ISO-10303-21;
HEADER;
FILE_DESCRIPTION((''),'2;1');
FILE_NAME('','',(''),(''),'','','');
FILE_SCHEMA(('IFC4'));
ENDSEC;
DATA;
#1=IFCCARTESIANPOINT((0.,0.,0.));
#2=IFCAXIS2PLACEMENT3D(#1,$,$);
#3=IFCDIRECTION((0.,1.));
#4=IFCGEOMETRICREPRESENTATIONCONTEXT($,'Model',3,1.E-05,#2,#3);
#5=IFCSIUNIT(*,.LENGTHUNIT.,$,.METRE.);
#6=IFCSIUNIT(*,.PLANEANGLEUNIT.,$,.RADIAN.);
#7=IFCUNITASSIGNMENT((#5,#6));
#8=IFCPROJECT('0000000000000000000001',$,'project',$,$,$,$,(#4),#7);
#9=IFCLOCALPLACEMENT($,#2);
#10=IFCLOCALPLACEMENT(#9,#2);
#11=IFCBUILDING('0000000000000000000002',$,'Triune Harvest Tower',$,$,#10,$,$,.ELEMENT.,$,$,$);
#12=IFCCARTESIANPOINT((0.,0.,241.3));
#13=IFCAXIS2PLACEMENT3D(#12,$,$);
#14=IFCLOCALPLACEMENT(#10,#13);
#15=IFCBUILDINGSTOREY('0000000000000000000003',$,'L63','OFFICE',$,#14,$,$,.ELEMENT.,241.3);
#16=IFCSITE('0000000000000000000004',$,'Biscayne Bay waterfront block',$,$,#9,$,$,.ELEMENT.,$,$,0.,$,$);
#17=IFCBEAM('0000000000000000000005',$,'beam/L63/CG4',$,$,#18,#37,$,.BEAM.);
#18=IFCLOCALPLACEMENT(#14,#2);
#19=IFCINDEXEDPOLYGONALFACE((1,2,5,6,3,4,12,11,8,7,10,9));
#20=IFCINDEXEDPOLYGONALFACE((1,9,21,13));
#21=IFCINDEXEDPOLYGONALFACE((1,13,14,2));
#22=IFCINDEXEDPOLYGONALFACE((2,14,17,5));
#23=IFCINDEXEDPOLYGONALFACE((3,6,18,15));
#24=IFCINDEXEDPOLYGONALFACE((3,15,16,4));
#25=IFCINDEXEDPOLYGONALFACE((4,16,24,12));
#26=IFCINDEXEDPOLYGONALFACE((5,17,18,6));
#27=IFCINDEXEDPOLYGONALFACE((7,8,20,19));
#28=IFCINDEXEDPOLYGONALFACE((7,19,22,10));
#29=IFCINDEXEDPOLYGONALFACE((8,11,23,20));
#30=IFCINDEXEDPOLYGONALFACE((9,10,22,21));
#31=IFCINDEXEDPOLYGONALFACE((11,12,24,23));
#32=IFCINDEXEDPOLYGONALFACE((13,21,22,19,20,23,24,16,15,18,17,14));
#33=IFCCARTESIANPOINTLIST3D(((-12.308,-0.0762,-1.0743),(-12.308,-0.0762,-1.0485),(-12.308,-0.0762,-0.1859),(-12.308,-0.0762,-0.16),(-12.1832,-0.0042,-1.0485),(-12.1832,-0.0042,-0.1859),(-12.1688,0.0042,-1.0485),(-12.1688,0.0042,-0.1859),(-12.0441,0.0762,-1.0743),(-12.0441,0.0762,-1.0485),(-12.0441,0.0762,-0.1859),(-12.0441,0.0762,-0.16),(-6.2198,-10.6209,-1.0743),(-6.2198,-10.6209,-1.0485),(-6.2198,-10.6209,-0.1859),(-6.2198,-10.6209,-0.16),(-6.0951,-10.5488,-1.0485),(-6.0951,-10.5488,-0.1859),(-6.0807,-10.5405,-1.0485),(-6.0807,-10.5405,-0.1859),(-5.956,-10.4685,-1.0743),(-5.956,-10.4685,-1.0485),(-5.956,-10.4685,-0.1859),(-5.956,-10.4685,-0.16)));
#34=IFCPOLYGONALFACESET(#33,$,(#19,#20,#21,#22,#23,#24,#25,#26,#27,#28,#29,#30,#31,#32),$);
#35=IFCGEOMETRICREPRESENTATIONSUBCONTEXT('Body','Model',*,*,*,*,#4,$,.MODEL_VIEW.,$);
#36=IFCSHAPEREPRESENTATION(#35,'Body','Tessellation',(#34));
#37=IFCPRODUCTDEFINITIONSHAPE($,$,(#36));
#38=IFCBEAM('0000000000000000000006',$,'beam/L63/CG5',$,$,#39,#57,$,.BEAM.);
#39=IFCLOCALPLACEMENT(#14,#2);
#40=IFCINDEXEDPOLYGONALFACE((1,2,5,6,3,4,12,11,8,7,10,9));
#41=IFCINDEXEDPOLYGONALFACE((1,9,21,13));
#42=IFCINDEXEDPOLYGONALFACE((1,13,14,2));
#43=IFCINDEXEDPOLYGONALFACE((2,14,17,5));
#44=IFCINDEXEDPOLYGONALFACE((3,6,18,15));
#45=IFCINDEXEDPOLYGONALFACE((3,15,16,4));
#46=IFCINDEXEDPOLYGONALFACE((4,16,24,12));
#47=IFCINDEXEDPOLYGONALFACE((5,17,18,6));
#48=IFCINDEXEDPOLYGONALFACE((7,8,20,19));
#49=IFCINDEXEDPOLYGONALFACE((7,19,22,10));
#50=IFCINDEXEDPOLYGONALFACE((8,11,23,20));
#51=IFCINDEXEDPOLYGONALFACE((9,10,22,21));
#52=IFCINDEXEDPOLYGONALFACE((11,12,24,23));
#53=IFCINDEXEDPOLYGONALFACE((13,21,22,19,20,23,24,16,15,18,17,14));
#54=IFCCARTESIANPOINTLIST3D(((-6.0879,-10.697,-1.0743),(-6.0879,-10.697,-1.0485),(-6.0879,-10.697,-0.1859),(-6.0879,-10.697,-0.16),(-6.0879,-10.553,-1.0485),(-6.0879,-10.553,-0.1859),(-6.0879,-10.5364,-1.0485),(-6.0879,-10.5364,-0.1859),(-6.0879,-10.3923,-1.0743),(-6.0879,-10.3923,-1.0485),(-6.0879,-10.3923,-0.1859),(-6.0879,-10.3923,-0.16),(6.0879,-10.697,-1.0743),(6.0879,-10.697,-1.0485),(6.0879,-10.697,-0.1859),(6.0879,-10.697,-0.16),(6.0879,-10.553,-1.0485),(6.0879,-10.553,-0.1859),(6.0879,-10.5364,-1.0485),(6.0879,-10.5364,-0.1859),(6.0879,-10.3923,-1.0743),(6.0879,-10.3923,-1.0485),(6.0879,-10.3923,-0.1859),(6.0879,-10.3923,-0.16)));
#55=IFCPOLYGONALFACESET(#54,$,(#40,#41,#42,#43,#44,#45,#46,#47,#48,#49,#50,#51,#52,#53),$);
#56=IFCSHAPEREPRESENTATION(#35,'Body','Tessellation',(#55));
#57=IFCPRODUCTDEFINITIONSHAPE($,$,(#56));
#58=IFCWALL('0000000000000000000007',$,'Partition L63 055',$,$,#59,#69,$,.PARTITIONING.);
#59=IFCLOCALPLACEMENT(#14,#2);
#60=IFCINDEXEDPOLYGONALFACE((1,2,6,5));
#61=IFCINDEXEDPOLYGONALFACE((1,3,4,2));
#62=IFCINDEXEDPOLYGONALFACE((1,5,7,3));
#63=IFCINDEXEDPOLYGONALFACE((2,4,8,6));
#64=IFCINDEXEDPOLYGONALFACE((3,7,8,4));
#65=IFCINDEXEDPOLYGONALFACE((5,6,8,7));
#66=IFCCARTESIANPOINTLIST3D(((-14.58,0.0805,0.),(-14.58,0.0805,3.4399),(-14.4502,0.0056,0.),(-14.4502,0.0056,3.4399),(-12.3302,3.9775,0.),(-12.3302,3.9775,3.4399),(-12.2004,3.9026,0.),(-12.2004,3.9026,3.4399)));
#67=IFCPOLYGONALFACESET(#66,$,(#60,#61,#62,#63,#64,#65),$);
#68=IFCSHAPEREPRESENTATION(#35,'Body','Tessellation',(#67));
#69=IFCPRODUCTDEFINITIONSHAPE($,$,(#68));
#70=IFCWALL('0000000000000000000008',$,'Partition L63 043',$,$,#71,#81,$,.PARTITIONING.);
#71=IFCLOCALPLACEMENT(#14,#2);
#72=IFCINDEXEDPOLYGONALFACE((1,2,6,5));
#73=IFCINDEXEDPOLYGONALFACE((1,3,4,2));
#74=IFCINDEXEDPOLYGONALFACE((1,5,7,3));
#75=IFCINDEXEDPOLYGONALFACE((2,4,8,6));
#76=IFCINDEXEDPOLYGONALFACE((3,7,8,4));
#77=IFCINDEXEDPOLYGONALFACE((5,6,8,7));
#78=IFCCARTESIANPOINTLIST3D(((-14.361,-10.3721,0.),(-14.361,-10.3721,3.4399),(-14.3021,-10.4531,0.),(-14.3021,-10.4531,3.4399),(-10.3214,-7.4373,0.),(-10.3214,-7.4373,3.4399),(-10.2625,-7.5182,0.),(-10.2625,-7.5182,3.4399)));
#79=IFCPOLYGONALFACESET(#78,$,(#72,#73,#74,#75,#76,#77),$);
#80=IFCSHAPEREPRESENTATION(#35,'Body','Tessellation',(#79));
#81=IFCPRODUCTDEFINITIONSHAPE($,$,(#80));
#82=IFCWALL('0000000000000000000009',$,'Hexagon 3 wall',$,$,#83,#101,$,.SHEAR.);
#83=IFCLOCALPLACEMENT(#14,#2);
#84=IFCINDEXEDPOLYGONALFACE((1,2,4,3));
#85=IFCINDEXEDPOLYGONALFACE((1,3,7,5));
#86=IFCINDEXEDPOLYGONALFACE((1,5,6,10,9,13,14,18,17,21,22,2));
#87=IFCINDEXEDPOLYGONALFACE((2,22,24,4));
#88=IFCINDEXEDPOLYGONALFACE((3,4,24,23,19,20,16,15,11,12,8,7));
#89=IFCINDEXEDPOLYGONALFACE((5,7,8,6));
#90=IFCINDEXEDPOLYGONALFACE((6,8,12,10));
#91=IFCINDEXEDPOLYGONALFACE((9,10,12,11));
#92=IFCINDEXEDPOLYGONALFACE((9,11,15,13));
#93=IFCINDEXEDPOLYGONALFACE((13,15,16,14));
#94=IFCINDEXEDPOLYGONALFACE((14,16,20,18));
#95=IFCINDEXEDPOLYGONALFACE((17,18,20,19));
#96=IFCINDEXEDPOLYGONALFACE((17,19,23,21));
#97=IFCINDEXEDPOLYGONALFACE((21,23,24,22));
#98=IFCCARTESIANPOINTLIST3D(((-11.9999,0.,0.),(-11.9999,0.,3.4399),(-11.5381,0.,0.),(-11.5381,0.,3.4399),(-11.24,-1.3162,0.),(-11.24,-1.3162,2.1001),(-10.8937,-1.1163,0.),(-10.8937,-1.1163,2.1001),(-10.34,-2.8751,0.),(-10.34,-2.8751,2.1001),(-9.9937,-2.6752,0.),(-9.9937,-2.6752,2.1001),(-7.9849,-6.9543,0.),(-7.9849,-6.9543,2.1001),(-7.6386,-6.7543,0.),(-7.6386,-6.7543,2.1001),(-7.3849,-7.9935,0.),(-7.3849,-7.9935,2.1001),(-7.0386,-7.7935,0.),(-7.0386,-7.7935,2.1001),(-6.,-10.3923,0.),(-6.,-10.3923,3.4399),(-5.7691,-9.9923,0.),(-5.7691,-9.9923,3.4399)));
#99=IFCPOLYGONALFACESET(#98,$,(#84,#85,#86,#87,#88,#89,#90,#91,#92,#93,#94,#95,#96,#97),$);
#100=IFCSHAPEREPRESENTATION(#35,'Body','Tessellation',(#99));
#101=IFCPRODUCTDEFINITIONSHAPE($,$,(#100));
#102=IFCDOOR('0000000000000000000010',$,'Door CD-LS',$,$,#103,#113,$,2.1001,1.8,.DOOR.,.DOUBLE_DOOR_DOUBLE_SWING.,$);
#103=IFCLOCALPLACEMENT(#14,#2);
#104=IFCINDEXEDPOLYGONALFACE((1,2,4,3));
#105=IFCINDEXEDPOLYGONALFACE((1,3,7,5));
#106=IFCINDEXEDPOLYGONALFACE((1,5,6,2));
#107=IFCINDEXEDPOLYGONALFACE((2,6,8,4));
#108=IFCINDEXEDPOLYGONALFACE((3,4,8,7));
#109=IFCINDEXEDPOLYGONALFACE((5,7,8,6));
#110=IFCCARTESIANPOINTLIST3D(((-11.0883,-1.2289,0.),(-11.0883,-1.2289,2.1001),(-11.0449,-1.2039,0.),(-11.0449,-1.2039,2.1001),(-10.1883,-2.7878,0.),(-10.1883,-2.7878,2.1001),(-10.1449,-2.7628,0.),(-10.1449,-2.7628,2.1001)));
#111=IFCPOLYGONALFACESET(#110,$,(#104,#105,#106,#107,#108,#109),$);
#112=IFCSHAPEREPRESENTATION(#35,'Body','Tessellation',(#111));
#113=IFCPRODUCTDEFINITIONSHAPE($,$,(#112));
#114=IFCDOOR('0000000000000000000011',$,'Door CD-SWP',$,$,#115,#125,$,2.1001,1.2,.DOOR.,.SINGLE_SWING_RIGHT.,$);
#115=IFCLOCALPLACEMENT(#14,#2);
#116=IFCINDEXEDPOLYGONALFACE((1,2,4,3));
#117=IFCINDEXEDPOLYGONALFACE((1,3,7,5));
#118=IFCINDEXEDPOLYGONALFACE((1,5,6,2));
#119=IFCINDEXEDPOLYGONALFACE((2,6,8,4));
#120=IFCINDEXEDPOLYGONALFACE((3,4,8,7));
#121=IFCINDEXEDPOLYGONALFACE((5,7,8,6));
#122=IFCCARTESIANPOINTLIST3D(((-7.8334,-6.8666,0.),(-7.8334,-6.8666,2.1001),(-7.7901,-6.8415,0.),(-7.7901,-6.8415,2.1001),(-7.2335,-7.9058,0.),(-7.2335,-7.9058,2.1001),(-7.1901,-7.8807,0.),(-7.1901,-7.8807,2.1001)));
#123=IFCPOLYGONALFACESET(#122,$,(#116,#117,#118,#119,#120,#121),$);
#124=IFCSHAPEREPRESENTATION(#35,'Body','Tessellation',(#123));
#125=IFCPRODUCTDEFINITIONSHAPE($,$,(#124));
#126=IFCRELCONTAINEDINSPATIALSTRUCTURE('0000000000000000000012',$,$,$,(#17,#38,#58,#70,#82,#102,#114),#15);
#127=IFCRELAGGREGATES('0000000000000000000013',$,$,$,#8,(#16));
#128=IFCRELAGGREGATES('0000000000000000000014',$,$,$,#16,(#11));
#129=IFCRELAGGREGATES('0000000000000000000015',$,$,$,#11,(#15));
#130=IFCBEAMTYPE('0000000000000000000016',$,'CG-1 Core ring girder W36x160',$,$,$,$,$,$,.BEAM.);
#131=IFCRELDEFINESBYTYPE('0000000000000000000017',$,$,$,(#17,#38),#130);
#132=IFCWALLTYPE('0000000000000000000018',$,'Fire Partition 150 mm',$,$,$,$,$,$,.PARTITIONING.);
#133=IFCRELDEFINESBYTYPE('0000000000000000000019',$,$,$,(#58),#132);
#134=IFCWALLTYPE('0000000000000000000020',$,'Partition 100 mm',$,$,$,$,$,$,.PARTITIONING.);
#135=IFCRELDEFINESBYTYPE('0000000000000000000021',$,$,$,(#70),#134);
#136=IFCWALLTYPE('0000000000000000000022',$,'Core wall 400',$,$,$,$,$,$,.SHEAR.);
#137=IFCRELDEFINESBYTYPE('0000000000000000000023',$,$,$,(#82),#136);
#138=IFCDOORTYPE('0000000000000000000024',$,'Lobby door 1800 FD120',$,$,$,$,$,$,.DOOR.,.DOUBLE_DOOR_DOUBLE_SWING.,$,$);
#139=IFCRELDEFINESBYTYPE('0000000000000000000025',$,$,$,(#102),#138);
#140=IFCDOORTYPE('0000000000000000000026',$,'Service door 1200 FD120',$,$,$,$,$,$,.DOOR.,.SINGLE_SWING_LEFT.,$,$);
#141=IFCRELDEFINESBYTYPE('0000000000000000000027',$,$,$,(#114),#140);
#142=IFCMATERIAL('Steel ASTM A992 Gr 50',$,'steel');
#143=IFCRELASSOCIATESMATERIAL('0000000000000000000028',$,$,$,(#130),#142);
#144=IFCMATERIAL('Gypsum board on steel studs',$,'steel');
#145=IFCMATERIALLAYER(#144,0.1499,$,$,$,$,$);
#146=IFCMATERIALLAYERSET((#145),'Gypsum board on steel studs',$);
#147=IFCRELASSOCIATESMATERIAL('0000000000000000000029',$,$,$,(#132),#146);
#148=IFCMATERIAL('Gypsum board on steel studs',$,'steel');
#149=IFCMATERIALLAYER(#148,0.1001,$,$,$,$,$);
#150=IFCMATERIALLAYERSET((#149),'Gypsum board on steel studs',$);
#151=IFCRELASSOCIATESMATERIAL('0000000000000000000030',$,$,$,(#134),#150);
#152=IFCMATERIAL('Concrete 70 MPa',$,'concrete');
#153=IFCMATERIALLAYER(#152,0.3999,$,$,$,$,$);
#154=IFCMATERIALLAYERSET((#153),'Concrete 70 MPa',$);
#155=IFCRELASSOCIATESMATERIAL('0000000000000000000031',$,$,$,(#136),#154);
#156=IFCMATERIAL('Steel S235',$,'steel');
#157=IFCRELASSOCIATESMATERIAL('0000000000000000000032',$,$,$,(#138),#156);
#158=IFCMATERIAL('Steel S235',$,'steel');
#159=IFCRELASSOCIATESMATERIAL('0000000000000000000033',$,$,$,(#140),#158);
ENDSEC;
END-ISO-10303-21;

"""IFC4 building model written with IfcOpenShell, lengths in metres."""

from ifc_helpers import new_model, si_unit, direction, frame, frame_2d, origin, origin_2d, place, context, subcontext, project, spatial, polyline, rectangle, i_section, outline, extrude, source, transform, mapped, material, layer, layer_set, material_profile, profile_set, type_object, element, fill, save


model = new_model("IFC4")

# Units and contexts
model_context = context("Model", 3, precision=1e-05, world=origin(), true_north=direction((0.0, 1.0)))
body_context = subcontext(model_context, "Body", "Model", "MODEL_VIEW")
ifc_project = project(units=[si_unit("LENGTHUNIT", "METRE"), si_unit("PLANEANGLEUNIT", "RADIAN")], contexts=[model_context])

# Site, building, storey
site_placement = place(None, origin())
site = spatial("IfcSite", under=ifc_project, at=site_placement, Name="Biscayne Bay waterfront block", CompositionType="ELEMENT", RefElevation=0.0)
building_placement = place(site_placement, origin())
building = spatial("IfcBuilding", under=site, at=building_placement, Name="Triune Harvest Tower", CompositionType="ELEMENT")
storey_placement = place(building_placement, frame((0.0, 0.0, 241.3)))
storey = spatial("IfcBuildingStorey", under=building, at=storey_placement, Name="L63", Description="OFFICE", CompositionType="ELEMENT", Elevation=241.3)

# Beams
ifc_material_1 = material(Name="Steel ASTM A992 Gr 50", Category="steel")
ifc_material_profile = material_profile(ifc_material_1, i_section(OverallWidth=0.3047, OverallDepth=0.9143, WebThickness=0.0166, FlangeThickness=0.0259, at=origin_2d()), Name="W36x160")
ifc_profile_set = profile_set([ifc_material_profile], Name="Steel ASTM A992 Gr 50")
beam_type = type_object("IfcBeamType", Name="CG-1 Core ring girder W36x160", PredefinedType="BEAM", material=ifc_profile_set)
shared_shape_1 = source(origin(), body_context, "Body", "SweptSolid", [
    extrude(i_section(OverallWidth=0.3047, OverallDepth=0.9143, WebThickness=0.0166, FlangeThickness=0.0259, at=origin_2d()), origin(), (0.0, 0.0, 1.0), 12.176),
])
beam_1_placement = place(storey_placement, frame((-12.176, 0.0, -0.6172), z_axis=(0.50001, -0.86602, 0.0), x_axis=(0.86602, 0.50001, 0.0)))
element("IfcBeam", 1, at=beam_1_placement, inside=storey, type_object=beam_type, Name="beam/L63/CG4", PredefinedType="BEAM", context=body_context, shape_type="MappedRepresentation", body=[
    mapped(shared_shape_1, transform((0.0, 0.0, 0.0), scale=1.0)),
])
shared_shape_2 = source(origin(), body_context, "Body", "SweptSolid", [
    extrude(i_section(OverallWidth=0.3047, OverallDepth=0.9143, WebThickness=0.0166, FlangeThickness=0.0259, at=origin_2d()), origin(), (0.0, 0.0, 1.0), 12.1758),
])
beam_2_placement = place(storey_placement, frame((-6.0879, -10.5447, -0.6172), z_axis=(1.0, 0.0, 0.0), x_axis=(0.0, 1.0, 0.0)))
element("IfcBeam", 2, at=beam_2_placement, inside=storey, type_object=beam_type, Name="beam/L63/CG5", PredefinedType="BEAM", context=body_context, shape_type="MappedRepresentation", body=[
    mapped(shared_shape_2, transform((0.0, 0.0, 0.0), scale=1.0)),
])

# Walls
ifc_material_2 = material(Name="Gypsum board on steel studs", Category="steel")
ifc_layer_1 = layer(ifc_material_2, 0.1499)
ifc_layer_set_1 = layer_set([ifc_layer_1], Name="Gypsum board on steel studs")
wall_type_1 = type_object("IfcWallType", Name="Fire Partition 150 mm", PredefinedType="PARTITIONING", material=ifc_layer_set_1)
wall_1_placement = place(storey_placement, frame((-14.5151, 0.043, 0.0), z_axis=(0.0, 0.0, 1.0), x_axis=(0.499973, 0.866041, 0.0)))
element("IfcWall", 3, at=wall_1_placement, inside=storey, type_object=wall_type_1, Name="Partition L63 055", PredefinedType="PARTITIONING", context=body_context, shape_type="SweptSolid", body=[
    extrude(rectangle(XDim=4.4998, YDim=0.1499, at=frame_2d((2.25, 0.0))), origin(), (0.0, 0.0, 1.0), 3.4399),
])
ifc_material_3 = material(Name="Gypsum board on steel studs", Category="steel")
ifc_layer_2 = layer(ifc_material_3, 0.1001)
ifc_layer_set_2 = layer_set([ifc_layer_2], Name="Gypsum board on steel studs")
wall_type_2 = type_object("IfcWallType", Name="Partition 100 mm", PredefinedType="PARTITIONING", material=ifc_layer_set_2)
wall_2_placement = place(storey_placement, frame((-14.3315, -10.4126, 0.0), z_axis=(0.0, 0.0, 1.0), x_axis=(0.809026, 0.587773, 0.0)))
element("IfcWall", 4, at=wall_2_placement, inside=storey, type_object=wall_type_2, Name="Partition L63 043", PredefinedType="PARTITIONING", context=body_context, shape_type="SweptSolid", body=[
    extrude(rectangle(XDim=4.9932, YDim=0.1001, at=frame_2d((2.4966, 0.0))), origin(), (0.0, 0.0, 1.0), 3.4399),
])

# Wall, openings, doors
ifc_material_4 = material(Name="Concrete 70 MPa", Category="concrete")
ifc_layer_3 = layer(ifc_material_4, 0.3999)
ifc_layer_set_3 = layer_set([ifc_layer_3], Name="Concrete 70 MPa")
wall_type_3 = type_object("IfcWallType", Name="Core wall 400", PredefinedType="SHEAR", material=ifc_layer_set_3)
shared_shape_3 = source(origin(), body_context, "Body", "SweptSolid", [
    extrude(outline(polyline([(-0.1155, -0.2), (11.8845, -0.2), (11.6536, 0.2), (0.1155, 0.2), (-0.1155, -0.2)])), origin(), (0.0, 0.0, 1.0), 3.4399),
])
wall_3_placement = place(storey_placement, frame((-11.769, 0.0, 0.0), z_axis=(0.0, 0.0, 1.0), x_axis=(0.499997, -0.866027, 0.0)))
wall_3 = element("IfcWall", 5, at=wall_3_placement, inside=storey, type_object=wall_type_3, Name="Hexagon 3 wall", PredefinedType="SHEAR", context=body_context, shape_type="MappedRepresentation", body=[
    mapped(shared_shape_3, transform((0.0, 0.0, 0.0), scale=1.0)),
])
opening_1_placement = place(wall_3_placement, frame((1.4045, 0.0, 0.0)))
opening_1 = element("IfcOpeningElement", 6, at=opening_1_placement, cuts=wall_3, PredefinedType="OPENING", context=body_context, shape_type="SweptSolid", body=[
    extrude(rectangle(XDim=1.8, YDim=2.1001, at=frame_2d((0.8999, 1.05))), frame((0.0, 0.21, 0.0), z_axis=(0.0, -1.0, 0.0), x_axis=(1.0, 0.0, 0.0)), (0.0, 0.0, 1.0), 0.4199),
])
opening_2_placement = place(wall_3_placement, frame((7.9146, 0.0, 0.0)))
opening_2 = element("IfcOpeningElement", 7, at=opening_2_placement, cuts=wall_3, PredefinedType="OPENING", context=body_context, shape_type="SweptSolid", body=[
    extrude(rectangle(XDim=1.2, YDim=2.1001, at=frame_2d((0.6001, 1.05))), frame((0.0, 0.21, 0.0), z_axis=(0.0, -1.0, 0.0), x_axis=(1.0, 0.0, 0.0)), (0.0, 0.0, 1.0), 0.4199),
])
ifc_material_5 = material(Name="Steel S235", Category="steel")
door_type_1 = type_object("IfcDoorType", Name="Lobby door 1800 FD120", OperationType="DOUBLE_DOOR_DOUBLE_SWING", PredefinedType="DOOR", material=ifc_material_5)
door_1_placement = place(opening_1_placement, frame((1.8, 0.0, 0.0), z_axis=(0.0, 0.0, 1.0), x_axis=(-1.0, 0.0, 0.0)))
door_1 = element("IfcDoor", 8, at=door_1_placement, inside=storey, type_object=door_type_1, Name="Door CD-LS", OperationType="DOUBLE_DOOR_DOUBLE_SWING", OverallHeight=2.1001, OverallWidth=1.8, PredefinedType="DOOR", context=body_context, shape_type="SweptSolid", body=[
    extrude(rectangle(XDim=1.8, YDim=2.1001, at=frame_2d((0.8999, 1.05))), frame((0.0, 0.0249, 0.0), z_axis=(0.0, -1.0, 0.0), x_axis=(1.0, 0.0, 0.0)), (0.0, 0.0, 1.0), 0.05),
])
fill(opening_1, door_1)
ifc_material_6 = material(Name="Steel S235", Category="steel")
door_type_2 = type_object("IfcDoorType", Name="Service door 1200 FD120", OperationType="SINGLE_SWING_LEFT", PredefinedType="DOOR", material=ifc_material_6)
door_2_placement = place(opening_2_placement, frame((1.2, 0.0, 0.0), z_axis=(0.0, 0.0, 1.0), x_axis=(-1.0, 0.0, 0.0)))
door_2 = element("IfcDoor", 9, at=door_2_placement, inside=storey, type_object=door_type_2, Name="Door CD-SWP", OperationType="SINGLE_SWING_RIGHT", OverallHeight=2.1001, OverallWidth=1.2, PredefinedType="DOOR", context=body_context, shape_type="SweptSolid", body=[
    extrude(rectangle(XDim=1.2, YDim=2.1001, at=frame_2d((0.6001, 1.05))), frame((0.0, 0.0249, 0.0), z_axis=(0.0, -1.0, 0.0), x_axis=(1.0, 0.0, 0.0)), (0.0, 0.0, 1.0), 0.05),
])
fill(opening_2, door_2)

save(model, "model.ifc")
